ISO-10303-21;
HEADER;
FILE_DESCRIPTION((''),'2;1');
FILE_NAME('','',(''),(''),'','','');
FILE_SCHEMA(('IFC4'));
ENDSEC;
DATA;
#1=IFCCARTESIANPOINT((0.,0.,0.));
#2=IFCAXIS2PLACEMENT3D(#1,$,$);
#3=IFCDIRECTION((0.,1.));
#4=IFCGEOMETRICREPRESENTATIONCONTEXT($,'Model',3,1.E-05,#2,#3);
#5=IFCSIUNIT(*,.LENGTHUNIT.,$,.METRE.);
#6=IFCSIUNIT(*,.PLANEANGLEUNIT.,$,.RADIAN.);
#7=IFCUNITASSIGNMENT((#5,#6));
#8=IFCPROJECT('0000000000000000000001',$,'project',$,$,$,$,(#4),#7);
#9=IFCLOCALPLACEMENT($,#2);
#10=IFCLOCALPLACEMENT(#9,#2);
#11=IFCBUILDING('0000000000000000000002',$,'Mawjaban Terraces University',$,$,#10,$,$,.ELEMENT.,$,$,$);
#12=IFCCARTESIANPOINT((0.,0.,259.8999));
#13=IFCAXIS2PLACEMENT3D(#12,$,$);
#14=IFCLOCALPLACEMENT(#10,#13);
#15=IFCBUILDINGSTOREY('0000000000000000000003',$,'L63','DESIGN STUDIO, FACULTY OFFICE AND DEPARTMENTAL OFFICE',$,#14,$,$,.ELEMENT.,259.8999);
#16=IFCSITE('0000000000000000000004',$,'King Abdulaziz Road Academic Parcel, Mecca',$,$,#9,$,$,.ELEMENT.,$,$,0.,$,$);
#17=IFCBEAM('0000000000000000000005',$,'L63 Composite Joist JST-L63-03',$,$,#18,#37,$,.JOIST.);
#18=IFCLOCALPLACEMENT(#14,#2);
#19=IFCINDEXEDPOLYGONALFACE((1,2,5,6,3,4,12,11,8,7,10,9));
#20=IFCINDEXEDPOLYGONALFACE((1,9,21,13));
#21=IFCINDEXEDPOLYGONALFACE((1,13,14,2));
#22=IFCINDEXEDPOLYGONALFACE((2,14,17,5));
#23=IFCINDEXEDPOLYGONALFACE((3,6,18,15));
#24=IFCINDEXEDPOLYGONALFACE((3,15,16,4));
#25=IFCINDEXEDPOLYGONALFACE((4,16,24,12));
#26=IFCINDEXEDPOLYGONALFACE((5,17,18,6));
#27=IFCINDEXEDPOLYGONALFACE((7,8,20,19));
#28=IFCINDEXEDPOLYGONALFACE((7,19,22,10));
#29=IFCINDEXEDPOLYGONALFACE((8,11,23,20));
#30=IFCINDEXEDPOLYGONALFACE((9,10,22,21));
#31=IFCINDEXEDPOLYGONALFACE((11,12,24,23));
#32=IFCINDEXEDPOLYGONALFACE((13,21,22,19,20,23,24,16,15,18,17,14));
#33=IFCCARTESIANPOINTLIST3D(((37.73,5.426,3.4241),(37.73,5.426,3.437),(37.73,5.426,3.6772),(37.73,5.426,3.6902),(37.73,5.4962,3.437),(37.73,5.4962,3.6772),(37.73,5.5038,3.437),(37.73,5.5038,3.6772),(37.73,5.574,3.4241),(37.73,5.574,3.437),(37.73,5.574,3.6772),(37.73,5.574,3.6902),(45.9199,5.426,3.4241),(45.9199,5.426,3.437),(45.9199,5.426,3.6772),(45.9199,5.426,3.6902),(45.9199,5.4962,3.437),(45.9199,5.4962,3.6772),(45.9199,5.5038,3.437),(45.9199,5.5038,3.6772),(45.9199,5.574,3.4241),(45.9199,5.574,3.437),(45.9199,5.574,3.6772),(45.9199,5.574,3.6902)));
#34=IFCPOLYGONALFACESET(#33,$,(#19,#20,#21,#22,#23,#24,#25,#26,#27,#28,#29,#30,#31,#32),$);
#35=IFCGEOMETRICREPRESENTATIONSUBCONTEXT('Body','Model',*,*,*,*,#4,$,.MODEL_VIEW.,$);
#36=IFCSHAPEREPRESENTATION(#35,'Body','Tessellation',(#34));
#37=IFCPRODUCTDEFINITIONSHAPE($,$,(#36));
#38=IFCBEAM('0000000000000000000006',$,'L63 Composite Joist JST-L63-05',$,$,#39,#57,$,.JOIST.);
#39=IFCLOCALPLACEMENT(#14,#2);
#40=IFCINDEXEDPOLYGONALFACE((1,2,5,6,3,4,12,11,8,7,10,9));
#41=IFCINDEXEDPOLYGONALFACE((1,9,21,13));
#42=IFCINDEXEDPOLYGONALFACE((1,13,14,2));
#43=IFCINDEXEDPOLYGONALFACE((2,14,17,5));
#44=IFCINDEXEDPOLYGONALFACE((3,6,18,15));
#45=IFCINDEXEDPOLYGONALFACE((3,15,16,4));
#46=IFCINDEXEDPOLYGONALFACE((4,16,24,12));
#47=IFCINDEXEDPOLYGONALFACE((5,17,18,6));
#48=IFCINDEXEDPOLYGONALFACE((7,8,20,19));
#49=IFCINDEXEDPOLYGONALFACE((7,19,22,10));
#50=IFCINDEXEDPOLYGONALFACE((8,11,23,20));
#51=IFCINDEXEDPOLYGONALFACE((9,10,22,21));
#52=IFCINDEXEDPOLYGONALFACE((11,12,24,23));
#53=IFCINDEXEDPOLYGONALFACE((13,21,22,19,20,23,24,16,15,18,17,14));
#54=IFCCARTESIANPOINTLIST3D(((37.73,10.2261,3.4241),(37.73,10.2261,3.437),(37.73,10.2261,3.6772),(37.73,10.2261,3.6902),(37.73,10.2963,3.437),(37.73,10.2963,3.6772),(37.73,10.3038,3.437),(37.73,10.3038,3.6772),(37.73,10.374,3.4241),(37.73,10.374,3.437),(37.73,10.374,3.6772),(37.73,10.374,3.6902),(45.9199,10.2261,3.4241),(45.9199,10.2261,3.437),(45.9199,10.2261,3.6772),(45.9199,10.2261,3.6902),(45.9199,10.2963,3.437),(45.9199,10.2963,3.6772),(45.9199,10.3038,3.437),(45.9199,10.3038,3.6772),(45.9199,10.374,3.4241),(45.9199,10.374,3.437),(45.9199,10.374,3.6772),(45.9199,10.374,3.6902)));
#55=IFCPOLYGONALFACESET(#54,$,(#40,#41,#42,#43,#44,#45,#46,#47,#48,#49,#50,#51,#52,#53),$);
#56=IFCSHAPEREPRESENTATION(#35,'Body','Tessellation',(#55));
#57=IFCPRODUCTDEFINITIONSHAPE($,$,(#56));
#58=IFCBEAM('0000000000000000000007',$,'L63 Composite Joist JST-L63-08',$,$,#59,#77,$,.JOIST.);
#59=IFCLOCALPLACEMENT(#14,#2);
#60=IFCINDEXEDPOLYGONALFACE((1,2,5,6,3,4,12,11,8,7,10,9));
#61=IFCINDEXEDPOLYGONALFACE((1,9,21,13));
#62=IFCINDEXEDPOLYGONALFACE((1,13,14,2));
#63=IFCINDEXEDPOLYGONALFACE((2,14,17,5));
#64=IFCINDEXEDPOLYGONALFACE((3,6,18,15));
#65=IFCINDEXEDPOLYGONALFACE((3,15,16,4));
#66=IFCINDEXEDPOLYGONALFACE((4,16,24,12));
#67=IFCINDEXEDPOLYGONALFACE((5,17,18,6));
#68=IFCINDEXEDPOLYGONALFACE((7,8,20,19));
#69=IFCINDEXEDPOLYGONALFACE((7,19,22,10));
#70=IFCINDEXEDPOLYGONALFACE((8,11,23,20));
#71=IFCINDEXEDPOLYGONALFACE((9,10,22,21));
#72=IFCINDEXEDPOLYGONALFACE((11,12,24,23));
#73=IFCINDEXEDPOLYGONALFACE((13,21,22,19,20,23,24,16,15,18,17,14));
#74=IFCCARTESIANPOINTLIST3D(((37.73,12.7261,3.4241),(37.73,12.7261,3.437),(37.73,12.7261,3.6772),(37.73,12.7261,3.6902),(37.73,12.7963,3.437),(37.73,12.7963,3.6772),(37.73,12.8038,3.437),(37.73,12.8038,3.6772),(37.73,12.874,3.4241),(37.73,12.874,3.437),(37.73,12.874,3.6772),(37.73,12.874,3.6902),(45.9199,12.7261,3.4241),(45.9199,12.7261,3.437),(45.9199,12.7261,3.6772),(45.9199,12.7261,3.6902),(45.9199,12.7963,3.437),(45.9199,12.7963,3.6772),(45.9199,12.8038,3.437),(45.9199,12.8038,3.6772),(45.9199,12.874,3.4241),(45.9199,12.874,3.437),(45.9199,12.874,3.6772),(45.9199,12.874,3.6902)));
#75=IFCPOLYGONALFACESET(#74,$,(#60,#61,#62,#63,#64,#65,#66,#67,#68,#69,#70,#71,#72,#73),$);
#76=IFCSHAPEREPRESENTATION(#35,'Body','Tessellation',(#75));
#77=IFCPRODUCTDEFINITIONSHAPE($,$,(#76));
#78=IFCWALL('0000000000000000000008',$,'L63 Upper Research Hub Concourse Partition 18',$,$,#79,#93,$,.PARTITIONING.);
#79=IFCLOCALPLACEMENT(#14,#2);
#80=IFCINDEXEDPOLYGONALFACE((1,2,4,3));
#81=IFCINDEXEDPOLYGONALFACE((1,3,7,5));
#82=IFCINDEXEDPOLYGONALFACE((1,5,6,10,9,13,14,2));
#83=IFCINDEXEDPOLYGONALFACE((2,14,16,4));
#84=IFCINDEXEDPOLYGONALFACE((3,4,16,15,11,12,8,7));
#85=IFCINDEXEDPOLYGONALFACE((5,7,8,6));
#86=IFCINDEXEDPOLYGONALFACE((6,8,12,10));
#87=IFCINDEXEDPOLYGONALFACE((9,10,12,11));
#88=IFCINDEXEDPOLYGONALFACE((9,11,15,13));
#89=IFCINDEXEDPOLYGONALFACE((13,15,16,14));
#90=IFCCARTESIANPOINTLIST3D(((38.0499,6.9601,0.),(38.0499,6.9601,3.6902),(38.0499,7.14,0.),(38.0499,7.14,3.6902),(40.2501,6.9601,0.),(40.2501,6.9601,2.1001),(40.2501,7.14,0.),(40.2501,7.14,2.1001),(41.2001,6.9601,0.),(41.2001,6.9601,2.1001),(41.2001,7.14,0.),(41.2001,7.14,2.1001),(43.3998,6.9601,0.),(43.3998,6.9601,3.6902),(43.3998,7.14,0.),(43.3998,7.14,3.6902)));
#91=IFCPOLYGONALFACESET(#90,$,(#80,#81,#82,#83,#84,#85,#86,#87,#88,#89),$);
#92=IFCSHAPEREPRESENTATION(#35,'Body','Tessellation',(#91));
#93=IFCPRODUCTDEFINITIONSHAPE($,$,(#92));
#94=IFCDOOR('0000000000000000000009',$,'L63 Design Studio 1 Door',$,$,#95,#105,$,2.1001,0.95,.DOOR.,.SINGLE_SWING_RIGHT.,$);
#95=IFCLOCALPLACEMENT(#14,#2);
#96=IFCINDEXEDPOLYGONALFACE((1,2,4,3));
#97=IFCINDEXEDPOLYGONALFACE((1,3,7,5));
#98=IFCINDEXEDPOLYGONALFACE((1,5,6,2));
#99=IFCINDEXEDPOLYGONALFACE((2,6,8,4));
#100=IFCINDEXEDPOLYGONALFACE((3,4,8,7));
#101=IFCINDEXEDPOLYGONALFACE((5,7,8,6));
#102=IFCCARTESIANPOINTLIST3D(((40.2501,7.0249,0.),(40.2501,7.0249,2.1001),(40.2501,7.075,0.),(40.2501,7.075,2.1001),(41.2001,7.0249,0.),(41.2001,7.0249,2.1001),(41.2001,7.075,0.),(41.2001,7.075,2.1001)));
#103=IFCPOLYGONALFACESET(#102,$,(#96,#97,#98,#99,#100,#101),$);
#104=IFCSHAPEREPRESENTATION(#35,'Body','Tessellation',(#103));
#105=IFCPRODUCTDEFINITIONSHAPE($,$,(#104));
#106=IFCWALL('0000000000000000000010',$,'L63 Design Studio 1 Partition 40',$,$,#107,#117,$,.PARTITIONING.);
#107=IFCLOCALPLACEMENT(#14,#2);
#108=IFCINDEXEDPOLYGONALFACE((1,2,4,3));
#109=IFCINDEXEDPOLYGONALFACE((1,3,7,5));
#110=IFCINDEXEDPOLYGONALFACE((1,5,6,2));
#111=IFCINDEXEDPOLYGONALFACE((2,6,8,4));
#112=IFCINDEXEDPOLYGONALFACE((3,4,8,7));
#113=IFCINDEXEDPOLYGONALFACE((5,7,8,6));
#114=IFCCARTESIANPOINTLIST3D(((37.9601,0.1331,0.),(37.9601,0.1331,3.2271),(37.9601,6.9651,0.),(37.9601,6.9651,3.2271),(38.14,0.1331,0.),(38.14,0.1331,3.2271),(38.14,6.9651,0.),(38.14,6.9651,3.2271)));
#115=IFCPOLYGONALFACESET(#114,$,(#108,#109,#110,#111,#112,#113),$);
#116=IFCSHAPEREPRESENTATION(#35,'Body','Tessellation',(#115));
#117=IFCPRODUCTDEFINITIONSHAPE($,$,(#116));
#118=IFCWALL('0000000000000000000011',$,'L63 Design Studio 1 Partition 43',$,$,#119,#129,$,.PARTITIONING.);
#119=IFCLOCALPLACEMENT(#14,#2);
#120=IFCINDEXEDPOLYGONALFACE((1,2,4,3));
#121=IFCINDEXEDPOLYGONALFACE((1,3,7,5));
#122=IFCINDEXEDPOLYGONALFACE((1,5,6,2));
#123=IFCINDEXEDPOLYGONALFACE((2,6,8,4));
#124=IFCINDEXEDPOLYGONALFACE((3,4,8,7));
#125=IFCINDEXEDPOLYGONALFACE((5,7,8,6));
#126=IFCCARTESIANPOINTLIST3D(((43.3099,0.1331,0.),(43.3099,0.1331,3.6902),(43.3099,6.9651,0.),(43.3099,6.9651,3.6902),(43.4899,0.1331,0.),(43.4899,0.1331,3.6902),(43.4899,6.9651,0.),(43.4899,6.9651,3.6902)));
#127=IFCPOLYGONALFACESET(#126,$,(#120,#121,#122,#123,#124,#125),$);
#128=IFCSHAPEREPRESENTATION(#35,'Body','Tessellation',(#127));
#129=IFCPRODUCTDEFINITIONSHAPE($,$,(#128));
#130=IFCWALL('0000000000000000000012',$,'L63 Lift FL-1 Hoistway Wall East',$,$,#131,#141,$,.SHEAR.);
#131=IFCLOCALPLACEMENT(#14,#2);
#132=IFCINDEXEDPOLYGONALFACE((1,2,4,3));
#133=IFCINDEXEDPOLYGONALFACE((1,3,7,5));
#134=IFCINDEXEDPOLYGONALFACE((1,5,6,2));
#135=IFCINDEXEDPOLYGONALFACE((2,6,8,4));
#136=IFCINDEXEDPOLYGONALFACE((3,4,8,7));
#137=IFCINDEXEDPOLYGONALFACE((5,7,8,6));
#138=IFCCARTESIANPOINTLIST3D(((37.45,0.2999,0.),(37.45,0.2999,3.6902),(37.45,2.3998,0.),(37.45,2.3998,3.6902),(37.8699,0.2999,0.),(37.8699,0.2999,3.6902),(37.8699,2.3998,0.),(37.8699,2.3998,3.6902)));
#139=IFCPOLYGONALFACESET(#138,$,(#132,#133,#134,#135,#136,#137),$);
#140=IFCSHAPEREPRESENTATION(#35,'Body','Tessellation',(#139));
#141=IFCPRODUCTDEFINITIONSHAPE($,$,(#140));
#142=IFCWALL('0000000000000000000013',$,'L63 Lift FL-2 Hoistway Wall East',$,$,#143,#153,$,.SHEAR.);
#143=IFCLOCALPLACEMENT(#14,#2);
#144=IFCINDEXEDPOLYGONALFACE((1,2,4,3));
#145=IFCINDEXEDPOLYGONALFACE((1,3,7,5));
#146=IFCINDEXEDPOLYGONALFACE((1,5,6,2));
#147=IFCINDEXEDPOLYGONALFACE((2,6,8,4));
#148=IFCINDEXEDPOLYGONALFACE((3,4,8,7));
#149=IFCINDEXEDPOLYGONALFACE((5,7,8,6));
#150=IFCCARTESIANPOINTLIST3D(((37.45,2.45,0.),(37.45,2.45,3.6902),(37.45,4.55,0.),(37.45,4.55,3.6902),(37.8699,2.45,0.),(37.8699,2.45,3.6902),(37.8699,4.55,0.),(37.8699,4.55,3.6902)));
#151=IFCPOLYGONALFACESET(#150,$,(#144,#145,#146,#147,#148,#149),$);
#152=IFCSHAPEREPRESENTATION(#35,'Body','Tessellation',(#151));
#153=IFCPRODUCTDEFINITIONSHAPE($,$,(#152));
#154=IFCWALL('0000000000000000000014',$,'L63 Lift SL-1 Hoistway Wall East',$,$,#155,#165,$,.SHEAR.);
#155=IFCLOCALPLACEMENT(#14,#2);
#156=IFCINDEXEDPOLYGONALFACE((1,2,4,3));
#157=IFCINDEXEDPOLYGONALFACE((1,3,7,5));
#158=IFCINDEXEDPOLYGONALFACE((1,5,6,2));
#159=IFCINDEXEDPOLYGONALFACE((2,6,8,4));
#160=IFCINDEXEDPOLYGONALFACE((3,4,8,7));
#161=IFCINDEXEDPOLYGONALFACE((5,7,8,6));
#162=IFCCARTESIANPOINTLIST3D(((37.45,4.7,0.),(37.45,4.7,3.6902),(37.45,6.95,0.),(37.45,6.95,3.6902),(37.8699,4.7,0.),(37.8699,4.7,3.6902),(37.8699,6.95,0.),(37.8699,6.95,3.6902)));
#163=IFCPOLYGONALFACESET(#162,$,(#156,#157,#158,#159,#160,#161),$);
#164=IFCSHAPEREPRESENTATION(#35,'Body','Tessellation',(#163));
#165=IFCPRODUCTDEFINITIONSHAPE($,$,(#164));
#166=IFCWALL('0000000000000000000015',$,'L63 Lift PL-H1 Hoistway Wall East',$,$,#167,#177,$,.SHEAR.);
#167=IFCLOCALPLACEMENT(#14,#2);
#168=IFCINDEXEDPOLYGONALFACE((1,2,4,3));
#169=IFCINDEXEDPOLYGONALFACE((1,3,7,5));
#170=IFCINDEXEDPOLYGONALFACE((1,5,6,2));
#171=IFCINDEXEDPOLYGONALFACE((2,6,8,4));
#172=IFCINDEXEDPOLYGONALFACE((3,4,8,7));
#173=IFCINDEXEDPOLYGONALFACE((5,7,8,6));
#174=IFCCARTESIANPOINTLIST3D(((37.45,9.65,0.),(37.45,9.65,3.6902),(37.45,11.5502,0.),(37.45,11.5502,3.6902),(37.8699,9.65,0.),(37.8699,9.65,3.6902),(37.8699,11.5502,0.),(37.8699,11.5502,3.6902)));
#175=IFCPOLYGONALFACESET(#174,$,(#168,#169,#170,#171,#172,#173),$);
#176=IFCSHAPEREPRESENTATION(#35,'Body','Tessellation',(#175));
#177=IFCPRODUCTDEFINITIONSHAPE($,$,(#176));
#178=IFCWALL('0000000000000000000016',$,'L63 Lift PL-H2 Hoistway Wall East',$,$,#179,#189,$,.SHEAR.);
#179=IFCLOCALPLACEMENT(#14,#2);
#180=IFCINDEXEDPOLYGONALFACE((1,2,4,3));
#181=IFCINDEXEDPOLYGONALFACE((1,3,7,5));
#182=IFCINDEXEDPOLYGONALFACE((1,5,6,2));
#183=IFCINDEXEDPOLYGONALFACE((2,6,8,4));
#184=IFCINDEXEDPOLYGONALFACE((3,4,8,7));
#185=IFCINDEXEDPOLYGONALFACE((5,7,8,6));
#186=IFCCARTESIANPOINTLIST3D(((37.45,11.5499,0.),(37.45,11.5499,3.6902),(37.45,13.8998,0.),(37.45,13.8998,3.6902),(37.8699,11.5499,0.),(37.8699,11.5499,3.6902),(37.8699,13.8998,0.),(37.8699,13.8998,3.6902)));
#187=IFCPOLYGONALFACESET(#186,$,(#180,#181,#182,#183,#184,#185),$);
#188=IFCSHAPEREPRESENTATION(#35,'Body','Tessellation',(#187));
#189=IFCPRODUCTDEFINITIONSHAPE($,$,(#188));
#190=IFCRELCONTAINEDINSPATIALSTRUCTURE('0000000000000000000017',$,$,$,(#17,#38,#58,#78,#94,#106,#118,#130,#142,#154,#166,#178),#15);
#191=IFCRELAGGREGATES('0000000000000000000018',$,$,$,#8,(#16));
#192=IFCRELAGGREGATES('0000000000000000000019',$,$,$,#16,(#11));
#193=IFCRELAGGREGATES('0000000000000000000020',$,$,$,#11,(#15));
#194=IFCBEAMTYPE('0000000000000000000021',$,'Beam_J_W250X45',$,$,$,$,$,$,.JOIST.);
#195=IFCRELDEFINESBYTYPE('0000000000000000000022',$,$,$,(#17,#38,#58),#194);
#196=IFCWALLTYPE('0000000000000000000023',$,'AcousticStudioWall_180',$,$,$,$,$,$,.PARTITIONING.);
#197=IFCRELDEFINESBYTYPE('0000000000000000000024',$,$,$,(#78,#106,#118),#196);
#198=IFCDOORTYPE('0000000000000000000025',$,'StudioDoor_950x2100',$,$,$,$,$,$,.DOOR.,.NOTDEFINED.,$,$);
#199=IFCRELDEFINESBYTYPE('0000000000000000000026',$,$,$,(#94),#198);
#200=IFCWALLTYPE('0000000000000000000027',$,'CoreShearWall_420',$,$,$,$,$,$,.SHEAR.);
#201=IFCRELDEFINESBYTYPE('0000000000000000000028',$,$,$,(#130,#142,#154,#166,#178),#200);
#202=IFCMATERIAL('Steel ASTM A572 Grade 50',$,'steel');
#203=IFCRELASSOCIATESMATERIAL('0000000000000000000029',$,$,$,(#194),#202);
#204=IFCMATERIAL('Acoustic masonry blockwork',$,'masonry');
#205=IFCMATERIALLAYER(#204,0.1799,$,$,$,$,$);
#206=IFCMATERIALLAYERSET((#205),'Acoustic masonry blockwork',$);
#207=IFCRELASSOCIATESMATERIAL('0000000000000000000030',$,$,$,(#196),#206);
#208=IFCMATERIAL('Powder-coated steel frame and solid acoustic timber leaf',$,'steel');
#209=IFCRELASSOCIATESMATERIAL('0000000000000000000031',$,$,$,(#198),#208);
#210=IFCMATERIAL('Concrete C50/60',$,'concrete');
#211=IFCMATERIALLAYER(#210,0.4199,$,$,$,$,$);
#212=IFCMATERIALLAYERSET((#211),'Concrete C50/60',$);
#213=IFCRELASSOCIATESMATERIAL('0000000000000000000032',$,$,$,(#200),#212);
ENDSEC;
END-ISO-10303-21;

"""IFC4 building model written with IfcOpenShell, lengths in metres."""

from ifc_helpers import new_model, si_unit, direction, frame, frame_2d, origin, origin_2d, place, context, subcontext, project, spatial, rectangle, i_section, extrude, material, layer, layer_set, material_profile, profile_set, type_object, element, fill, save


model = new_model("IFC4")

# Units and contexts
model_context = context("Model", 3, precision=1e-05, world=origin(), true_north=direction((0.0, 1.0)))
body_context = subcontext(model_context, "Body", "Model", "MODEL_VIEW")
ifc_project = project(units=[si_unit("LENGTHUNIT", "METRE"), si_unit("PLANEANGLEUNIT", "RADIAN")], contexts=[model_context])

# Site, building, storey
site_placement = place(None, origin())
site = spatial("IfcSite", under=ifc_project, at=site_placement, Name="King Abdulaziz Road Academic Parcel, Mecca", CompositionType="ELEMENT", RefElevation=0.0)
building_placement = place(site_placement, origin())
building = spatial("IfcBuilding", under=site, at=building_placement, Name="Mawjaban Terraces University", CompositionType="ELEMENT")
storey_placement = place(building_placement, frame((0.0, 0.0, 259.8999)))
storey = spatial("IfcBuildingStorey", under=building, at=storey_placement, Name="L63", Description="DESIGN STUDIO, FACULTY OFFICE AND DEPARTMENTAL OFFICE", CompositionType="ELEMENT", Elevation=259.8999)

# Shared definitions
ifc_material_1 = material(Name="Concrete C50/60", Category="concrete")

# Beams
ifc_material_2 = material(Name="Steel ASTM A572 Grade 50", Category="steel")
ifc_material_profile_1 = material_profile(ifc_material_2, i_section(OverallWidth=0.1479, OverallDepth=0.2661, WebThickness=0.0076, FlangeThickness=0.0129, at=origin_2d()), Name="W250X45")
ifc_profile_set_1 = profile_set([ifc_material_profile_1], Name="Steel ASTM A572 Grade 50")
beam_type_1 = type_object("IfcBeamType", Name="Beam_J_W250X45", PredefinedType="JOIST", material=ifc_profile_set_1)
for number, where, z_axis, x_axis, name in (
    (1, (37.73, 5.5, 3.5571), (1.0, 0.0, 0.0), (0.0, 1.0, 0.0), "L63 Composite Joist JST-L63-03"),
    (2, (37.73, 10.3, 3.5571), (1.0, 0.0, 0.0), (0.0, 1.0, 0.0), "L63 Composite Joist JST-L63-05"),
    (3, (37.73, 12.8, 3.5571), (1.0, 0.0, 0.0), (0.0, 1.0, 0.0), "L63 Composite Joist JST-L63-08"),
):
    element("IfcBeam", number, at=place(storey_placement, frame(where, z_axis=z_axis, x_axis=x_axis)), inside=storey, type_object=beam_type_1, Name=name, PredefinedType="JOIST", context=body_context, shape_type="SweptSolid", body=[
        extrude(i_section(OverallWidth=0.1479, OverallDepth=0.2661, WebThickness=0.0076, FlangeThickness=0.0129, at=origin_2d()), origin(), (0.0, 0.0, 1.0), 8.1899),
    ])

# Wall, opening, door
ifc_material_3 = material(Name="Acoustic masonry blockwork", Category="masonry")
ifc_layer_1 = layer(ifc_material_3, 0.1799)
ifc_layer_set_1 = layer_set([ifc_layer_1], Name="Acoustic masonry blockwork")
wall_type_1 = type_object("IfcWallType", Name="AcousticStudioWall_180", PredefinedType="PARTITIONING", material=ifc_layer_set_1)
wall_1_placement = place(storey_placement, frame((38.05, 7.05, 0.0), z_axis=(0.0, 0.0, 1.0), x_axis=(1.0, 0.0, 0.0)))
wall_1 = element("IfcWall", 4, at=wall_1_placement, inside=storey, type_object=wall_type_1, Name="L63 Upper Research Hub Concourse Partition 18", PredefinedType="PARTITIONING", context=body_context, shape_type="SweptSolid", body=[
    extrude(rectangle(XDim=5.3499, YDim=0.1799, at=frame_2d((2.6748, 0.0))), origin(), (0.0, 0.0, 1.0), 3.6902),
])
opening_placement = place(wall_1_placement, frame((2.2, 0.0, 0.0)))
opening = element("IfcOpeningElement", 5, at=opening_placement, cuts=wall_1, PredefinedType="OPENING", context=body_context, shape_type="SweptSolid", body=[
    extrude(rectangle(XDim=0.95, YDim=2.1001, at=frame_2d((0.4751, 1.05))), frame((0.0, 0.0999, 0.0), z_axis=(0.0, -1.0, 0.0), x_axis=(1.0, 0.0, 0.0)), (0.0, 0.0, 1.0), 0.2),
])
ifc_material_4 = material(Name="Powder-coated steel frame and solid acoustic timber leaf", Category="steel")
door_type = type_object("IfcDoorType", Name="StudioDoor_950x2100", OperationType="NOTDEFINED", PredefinedType="DOOR", material=ifc_material_4)
door_placement = place(opening_placement, origin())
door = element("IfcDoor", 6, at=door_placement, inside=storey, type_object=door_type, Name="L63 Design Studio 1 Door", OperationType="SINGLE_SWING_RIGHT", OverallHeight=2.1001, OverallWidth=0.95, PredefinedType="DOOR", context=body_context, shape_type="SweptSolid", body=[
    extrude(rectangle(XDim=0.95, YDim=2.1001, at=frame_2d((0.4751, 1.05))), frame((0.0, 0.0249, 0.0), z_axis=(0.0, -1.0, 0.0), x_axis=(1.0, 0.0, 0.0)), (0.0, 0.0, 1.0), 0.05),
])
fill(opening, door)

# Walls
wall_2_placement = place(storey_placement, frame((38.05, 6.9651, 0.0), z_axis=(0.0, 0.0, 1.0), x_axis=(0.0, -1.0, 0.0)))
element("IfcWall", 7, at=wall_2_placement, inside=storey, type_object=wall_type_1, Name="L63 Design Studio 1 Partition 40", PredefinedType="PARTITIONING", context=body_context, shape_type="SweptSolid", body=[
    extrude(rectangle(XDim=6.832, YDim=0.1799, at=frame_2d((3.416, 0.0))), origin(), (0.0, 0.0, 1.0), 3.2271),
])
wall_3_placement = place(storey_placement, frame((43.3999, 0.1331, 0.0), z_axis=(0.0, 0.0, 1.0), x_axis=(0.0, 1.0, 0.0)))
element("IfcWall", 8, at=wall_3_placement, inside=storey, type_object=wall_type_1, Name="L63 Design Studio 1 Partition 43", PredefinedType="PARTITIONING", context=body_context, shape_type="SweptSolid", body=[
    extrude(rectangle(XDim=6.832, YDim=0.1799, at=frame_2d((3.416, 0.0))), origin(), (0.0, 0.0, 1.0), 3.6902),
])
ifc_layer_2 = layer(ifc_material_1, 0.4199)
ifc_layer_set_2 = layer_set([ifc_layer_2], Name="Concrete C50/60")
wall_type_2 = type_object("IfcWallType", Name="CoreShearWall_420", PredefinedType="SHEAR", material=ifc_layer_set_2)
wall_4_placement = place(storey_placement, frame((37.6599, 0.3, 0.0), z_axis=(0.0, 0.0, 1.0), x_axis=(0.0, 1.0, 0.0)))
element("IfcWall", 9, at=wall_4_placement, inside=storey, type_object=wall_type_2, Name="L63 Lift FL-1 Hoistway Wall East", PredefinedType="SHEAR", context=body_context, shape_type="SweptSolid", body=[
    extrude(rectangle(XDim=2.0999, YDim=0.4199, at=frame_2d((1.0498, 0.0))), origin(), (0.0, 0.0, 1.0), 3.6902),
])
wall_5_placement = place(storey_placement, frame((37.6599, 2.45, 0.0), z_axis=(0.0, 0.0, 1.0), x_axis=(0.0, 1.0, 0.0)))
element("IfcWall", 10, at=wall_5_placement, inside=storey, type_object=wall_type_2, Name="L63 Lift FL-2 Hoistway Wall East", PredefinedType="SHEAR", context=body_context, shape_type="SweptSolid", body=[
    extrude(rectangle(XDim=2.1001, YDim=0.4199, at=frame_2d((1.05, 0.0))), origin(), (0.0, 0.0, 1.0), 3.6902),
])
wall_6_placement = place(storey_placement, frame((37.6599, 4.7, 0.0), z_axis=(0.0, 0.0, 1.0), x_axis=(0.0, 1.0, 0.0)))
element("IfcWall", 11, at=wall_6_placement, inside=storey, type_object=wall_type_2, Name="L63 Lift SL-1 Hoistway Wall East", PredefinedType="SHEAR", context=body_context, shape_type="SweptSolid", body=[
    extrude(rectangle(XDim=2.25, YDim=0.4199, at=frame_2d((1.125, 0.0))), origin(), (0.0, 0.0, 1.0), 3.6902),
])
wall_7_placement = place(storey_placement, frame((37.6599, 9.6499, 0.0), z_axis=(0.0, 0.0, 1.0), x_axis=(0.0, 1.0, 0.0)))
element("IfcWall", 12, at=wall_7_placement, inside=storey, type_object=wall_type_2, Name="L63 Lift PL-H1 Hoistway Wall East", PredefinedType="SHEAR", context=body_context, shape_type="SweptSolid", body=[
    extrude(rectangle(XDim=1.9001, YDim=0.4199, at=frame_2d((0.9502, 0.0))), origin(), (0.0, 0.0, 1.0), 3.6902),
])
wall_8_placement = place(storey_placement, frame((37.6599, 11.55, 0.0), z_axis=(0.0, 0.0, 1.0), x_axis=(0.0, 1.0, 0.0)))
element("IfcWall", 13, at=wall_8_placement, inside=storey, type_object=wall_type_2, Name="L63 Lift PL-H2 Hoistway Wall East", PredefinedType="SHEAR", context=body_context, shape_type="SweptSolid", body=[
    extrude(rectangle(XDim=2.3499, YDim=0.4199, at=frame_2d((1.1748, 0.0))), origin(), (0.0, 0.0, 1.0), 3.6902),
])

save(model, "model.ifc")
